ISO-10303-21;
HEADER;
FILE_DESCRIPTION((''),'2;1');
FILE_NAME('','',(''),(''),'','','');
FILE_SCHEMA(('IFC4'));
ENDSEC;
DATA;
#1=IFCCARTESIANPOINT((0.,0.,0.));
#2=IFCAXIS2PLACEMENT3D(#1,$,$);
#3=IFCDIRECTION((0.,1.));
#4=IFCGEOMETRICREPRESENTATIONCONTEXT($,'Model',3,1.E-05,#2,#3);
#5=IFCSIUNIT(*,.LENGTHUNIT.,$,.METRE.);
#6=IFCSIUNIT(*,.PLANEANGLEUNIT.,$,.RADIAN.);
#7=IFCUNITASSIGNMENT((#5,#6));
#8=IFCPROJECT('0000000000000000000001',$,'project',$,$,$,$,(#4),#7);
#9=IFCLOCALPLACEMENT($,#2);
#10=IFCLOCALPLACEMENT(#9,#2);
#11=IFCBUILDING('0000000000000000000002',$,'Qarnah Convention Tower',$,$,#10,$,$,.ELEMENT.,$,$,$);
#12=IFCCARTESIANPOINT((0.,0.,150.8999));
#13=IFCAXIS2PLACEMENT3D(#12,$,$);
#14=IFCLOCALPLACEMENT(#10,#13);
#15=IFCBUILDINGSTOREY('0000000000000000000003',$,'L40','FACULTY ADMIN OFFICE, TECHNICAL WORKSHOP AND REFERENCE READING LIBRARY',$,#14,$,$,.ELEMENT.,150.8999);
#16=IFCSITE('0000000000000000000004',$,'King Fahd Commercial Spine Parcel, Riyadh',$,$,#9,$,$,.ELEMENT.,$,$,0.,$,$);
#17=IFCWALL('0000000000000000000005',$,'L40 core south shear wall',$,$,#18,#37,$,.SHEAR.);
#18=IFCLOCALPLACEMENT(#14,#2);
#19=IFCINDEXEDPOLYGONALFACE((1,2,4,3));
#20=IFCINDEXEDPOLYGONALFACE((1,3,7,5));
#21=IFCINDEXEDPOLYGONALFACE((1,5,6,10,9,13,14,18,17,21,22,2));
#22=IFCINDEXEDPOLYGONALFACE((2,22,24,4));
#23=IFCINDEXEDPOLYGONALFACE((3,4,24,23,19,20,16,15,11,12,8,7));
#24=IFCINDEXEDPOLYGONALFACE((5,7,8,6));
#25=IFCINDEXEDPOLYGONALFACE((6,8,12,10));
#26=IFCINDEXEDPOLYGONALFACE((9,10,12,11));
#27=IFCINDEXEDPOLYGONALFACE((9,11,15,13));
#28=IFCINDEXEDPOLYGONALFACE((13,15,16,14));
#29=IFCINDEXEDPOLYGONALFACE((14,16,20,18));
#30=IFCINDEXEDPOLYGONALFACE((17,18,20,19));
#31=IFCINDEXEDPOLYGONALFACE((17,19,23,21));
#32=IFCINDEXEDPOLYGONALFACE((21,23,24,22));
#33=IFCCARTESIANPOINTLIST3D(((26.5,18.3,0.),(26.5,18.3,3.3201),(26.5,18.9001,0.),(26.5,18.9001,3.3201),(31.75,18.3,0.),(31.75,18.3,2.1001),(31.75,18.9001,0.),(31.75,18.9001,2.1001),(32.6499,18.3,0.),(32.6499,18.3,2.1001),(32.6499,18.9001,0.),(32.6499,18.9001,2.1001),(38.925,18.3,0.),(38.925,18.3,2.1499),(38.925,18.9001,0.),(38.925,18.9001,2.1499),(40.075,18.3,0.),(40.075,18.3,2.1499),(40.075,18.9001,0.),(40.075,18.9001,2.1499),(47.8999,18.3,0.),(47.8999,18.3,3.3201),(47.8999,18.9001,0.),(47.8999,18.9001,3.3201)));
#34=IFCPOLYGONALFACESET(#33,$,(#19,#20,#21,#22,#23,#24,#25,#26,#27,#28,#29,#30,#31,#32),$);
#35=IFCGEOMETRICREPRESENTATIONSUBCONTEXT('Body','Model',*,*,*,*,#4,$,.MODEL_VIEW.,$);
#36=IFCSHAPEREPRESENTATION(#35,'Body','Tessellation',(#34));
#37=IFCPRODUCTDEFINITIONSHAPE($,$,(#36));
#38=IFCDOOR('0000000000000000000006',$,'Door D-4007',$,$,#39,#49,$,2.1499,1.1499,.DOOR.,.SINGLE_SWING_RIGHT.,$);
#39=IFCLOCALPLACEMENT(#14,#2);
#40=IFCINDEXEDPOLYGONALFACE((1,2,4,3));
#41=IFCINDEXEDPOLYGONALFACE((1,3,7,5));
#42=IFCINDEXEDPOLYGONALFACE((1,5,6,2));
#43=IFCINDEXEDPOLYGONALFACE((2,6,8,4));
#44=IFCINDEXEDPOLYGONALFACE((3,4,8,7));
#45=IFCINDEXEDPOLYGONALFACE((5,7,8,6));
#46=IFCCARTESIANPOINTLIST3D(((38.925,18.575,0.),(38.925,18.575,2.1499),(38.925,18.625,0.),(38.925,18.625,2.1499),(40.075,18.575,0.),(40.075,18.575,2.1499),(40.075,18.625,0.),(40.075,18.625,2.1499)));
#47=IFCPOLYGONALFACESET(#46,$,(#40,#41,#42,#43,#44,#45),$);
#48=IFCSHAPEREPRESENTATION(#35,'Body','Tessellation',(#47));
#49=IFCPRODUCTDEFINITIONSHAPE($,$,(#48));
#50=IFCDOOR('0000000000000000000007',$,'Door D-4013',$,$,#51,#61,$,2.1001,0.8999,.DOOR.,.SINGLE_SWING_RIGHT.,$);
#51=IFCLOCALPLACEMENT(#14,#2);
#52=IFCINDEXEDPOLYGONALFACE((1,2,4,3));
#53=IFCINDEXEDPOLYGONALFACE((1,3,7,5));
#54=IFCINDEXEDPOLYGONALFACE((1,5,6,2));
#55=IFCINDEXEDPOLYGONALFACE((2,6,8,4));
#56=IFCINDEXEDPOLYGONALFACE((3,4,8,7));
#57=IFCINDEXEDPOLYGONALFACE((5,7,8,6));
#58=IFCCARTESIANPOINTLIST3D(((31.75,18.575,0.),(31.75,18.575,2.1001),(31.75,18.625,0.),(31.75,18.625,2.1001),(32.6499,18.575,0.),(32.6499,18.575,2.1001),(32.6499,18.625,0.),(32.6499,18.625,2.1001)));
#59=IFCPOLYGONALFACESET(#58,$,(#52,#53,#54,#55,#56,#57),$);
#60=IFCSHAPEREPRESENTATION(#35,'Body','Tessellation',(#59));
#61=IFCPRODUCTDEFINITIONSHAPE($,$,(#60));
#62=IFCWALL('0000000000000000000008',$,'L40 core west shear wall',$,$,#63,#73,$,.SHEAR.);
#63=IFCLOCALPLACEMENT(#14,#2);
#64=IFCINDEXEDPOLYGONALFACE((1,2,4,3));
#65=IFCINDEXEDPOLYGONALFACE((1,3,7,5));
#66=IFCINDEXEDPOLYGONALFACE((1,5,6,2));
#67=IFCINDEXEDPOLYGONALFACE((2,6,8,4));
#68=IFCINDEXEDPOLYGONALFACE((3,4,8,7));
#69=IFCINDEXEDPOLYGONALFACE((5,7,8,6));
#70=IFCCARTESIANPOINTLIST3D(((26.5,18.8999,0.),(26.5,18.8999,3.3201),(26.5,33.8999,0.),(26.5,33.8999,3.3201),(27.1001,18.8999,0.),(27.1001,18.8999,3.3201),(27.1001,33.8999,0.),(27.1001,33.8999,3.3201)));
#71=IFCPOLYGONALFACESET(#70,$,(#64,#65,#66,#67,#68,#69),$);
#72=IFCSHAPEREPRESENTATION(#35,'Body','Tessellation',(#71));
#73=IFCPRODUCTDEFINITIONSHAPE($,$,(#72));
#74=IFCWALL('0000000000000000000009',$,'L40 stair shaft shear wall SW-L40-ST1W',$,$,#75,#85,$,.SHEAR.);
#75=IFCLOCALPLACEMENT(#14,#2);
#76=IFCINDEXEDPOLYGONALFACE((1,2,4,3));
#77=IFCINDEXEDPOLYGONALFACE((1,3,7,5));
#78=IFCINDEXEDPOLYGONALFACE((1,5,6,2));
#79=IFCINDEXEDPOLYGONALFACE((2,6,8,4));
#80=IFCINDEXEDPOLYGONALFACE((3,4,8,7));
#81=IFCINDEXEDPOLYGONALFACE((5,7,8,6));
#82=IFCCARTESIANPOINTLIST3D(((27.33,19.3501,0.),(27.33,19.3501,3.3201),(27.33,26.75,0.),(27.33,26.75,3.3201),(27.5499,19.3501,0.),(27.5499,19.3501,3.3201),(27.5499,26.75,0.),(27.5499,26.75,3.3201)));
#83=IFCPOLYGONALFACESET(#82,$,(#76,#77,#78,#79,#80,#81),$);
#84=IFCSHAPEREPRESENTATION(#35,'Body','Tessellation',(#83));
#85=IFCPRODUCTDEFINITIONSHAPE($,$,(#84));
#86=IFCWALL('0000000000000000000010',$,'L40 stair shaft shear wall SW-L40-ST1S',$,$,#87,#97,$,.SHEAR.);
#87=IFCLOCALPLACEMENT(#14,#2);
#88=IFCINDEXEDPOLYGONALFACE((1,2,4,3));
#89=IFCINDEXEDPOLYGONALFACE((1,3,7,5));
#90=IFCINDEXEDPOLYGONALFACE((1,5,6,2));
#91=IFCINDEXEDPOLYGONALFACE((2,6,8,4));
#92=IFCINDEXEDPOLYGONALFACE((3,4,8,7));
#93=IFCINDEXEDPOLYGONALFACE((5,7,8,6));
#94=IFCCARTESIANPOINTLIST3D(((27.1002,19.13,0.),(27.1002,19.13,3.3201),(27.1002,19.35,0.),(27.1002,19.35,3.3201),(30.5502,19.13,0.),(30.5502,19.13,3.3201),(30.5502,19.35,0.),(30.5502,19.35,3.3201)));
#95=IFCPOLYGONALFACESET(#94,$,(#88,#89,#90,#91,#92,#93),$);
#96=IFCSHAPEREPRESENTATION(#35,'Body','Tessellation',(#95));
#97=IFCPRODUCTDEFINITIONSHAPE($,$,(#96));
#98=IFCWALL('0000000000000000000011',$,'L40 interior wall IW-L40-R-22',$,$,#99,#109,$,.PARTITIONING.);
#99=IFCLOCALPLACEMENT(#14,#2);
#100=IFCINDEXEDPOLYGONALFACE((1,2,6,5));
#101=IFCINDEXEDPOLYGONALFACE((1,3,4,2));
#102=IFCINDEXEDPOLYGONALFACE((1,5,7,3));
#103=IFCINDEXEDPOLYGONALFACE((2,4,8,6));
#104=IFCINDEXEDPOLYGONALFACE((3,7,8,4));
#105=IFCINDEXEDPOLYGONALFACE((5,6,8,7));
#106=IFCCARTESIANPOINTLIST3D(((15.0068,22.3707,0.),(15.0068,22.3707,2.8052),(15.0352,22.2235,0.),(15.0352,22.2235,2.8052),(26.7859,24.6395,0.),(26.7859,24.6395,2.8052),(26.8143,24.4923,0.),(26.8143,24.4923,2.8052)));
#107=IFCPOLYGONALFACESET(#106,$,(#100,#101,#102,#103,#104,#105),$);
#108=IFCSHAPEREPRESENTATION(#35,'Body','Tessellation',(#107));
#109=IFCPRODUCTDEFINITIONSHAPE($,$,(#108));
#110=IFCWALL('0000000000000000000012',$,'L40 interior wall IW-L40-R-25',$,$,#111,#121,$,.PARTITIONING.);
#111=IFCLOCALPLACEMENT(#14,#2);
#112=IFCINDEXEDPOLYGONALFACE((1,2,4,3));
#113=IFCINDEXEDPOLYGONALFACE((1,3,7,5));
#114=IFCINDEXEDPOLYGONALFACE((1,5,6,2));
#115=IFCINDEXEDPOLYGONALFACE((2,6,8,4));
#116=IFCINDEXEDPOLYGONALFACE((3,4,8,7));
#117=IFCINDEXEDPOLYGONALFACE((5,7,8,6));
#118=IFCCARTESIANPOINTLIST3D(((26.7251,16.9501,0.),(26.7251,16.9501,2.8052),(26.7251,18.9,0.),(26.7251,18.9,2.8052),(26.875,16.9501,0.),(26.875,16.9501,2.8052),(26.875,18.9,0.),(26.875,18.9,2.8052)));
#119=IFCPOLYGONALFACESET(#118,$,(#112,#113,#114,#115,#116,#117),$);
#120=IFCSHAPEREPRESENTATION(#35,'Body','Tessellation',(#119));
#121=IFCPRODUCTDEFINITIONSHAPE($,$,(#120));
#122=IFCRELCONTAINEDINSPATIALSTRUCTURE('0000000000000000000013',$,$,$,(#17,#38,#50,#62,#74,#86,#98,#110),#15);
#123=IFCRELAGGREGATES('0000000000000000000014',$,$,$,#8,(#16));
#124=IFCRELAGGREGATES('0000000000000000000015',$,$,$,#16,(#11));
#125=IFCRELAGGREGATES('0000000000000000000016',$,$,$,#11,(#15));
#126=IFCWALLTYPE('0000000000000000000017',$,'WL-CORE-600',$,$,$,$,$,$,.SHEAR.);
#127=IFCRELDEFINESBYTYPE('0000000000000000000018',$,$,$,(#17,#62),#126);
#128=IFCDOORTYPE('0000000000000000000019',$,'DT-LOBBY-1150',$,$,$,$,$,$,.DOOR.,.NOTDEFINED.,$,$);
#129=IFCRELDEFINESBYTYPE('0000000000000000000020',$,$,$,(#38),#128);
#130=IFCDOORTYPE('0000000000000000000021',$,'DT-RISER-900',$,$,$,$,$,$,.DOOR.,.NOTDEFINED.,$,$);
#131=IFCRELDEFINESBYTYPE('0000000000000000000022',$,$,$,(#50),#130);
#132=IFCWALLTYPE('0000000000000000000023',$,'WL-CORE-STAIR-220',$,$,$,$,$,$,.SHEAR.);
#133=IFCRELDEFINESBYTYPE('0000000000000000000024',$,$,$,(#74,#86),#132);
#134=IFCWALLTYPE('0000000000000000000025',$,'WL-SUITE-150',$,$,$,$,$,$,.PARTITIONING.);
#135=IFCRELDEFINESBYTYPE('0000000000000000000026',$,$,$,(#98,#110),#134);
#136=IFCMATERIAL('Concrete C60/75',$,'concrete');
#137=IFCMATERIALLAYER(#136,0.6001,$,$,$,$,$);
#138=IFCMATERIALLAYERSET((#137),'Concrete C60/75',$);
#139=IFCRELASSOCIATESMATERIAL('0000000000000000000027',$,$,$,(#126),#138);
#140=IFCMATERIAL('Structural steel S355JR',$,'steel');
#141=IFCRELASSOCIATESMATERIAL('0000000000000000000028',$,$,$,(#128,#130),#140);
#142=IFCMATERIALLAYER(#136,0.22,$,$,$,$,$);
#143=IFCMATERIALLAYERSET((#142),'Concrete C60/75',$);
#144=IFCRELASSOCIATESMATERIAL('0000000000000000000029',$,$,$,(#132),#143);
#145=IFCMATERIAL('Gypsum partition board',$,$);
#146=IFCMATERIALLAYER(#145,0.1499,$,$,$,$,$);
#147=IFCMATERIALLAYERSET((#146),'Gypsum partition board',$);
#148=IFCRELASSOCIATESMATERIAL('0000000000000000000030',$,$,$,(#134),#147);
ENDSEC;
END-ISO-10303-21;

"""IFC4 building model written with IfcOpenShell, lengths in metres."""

from ifc_helpers import new_model, si_unit, direction, frame, frame_2d, origin, place, context, subcontext, project, spatial, rectangle, extrude, material, layer, layer_set, type_object, element, fill, save


model = new_model("IFC4")

# Units and contexts
model_context = context("Model", 3, precision=1e-05, world=origin(), true_north=direction((0.0, 1.0)))
body_context = subcontext(model_context, "Body", "Model", "MODEL_VIEW")
ifc_project = project(units=[si_unit("LENGTHUNIT", "METRE"), si_unit("PLANEANGLEUNIT", "RADIAN")], contexts=[model_context])

# Site, building, storey
site_placement = place(None, origin())
site = spatial("IfcSite", under=ifc_project, at=site_placement, Name="King Fahd Commercial Spine Parcel, Riyadh", CompositionType="ELEMENT", RefElevation=0.0)
building_placement = place(site_placement, origin())
building = spatial("IfcBuilding", under=site, at=building_placement, Name="Qarnah Convention Tower", CompositionType="ELEMENT")
storey_placement = place(building_placement, frame((0.0, 0.0, 150.8999)))
storey = spatial("IfcBuildingStorey", under=building, at=storey_placement, Name="L40", Description="FACULTY ADMIN OFFICE, TECHNICAL WORKSHOP AND REFERENCE READING LIBRARY", CompositionType="ELEMENT", Elevation=150.8999)

# Shared definitions
ifc_material_1 = material(Name="Concrete C60/75", Category="concrete")

# Shared definitions
ifc_material_2 = material(Name="Structural steel S355JR", Category="steel")

# Wall, openings, doors
ifc_layer_1 = layer(ifc_material_1, 0.6001)
ifc_layer_set_1 = layer_set([ifc_layer_1], Name="Concrete C60/75")
wall_type_1 = type_object("IfcWallType", Name="WL-CORE-600", PredefinedType="SHEAR", material=ifc_layer_set_1)
wall_1_placement = place(storey_placement, frame((26.5, 18.6001, 0.0), z_axis=(0.0, 0.0, 1.0), x_axis=(1.0, 0.0, 0.0)))
wall_1 = element("IfcWall", 1, at=wall_1_placement, inside=storey, type_object=wall_type_1, Name="L40 core south shear wall", PredefinedType="SHEAR", context=body_context, shape_type="SweptSolid", body=[
    extrude(rectangle(XDim=21.3999, YDim=0.6001, at=frame_2d((10.7, 0.0))), origin(), (0.0, 0.0, 1.0), 3.3201),
])
opening_1_placement = place(wall_1_placement, frame((12.425, 0.0, 0.0)))
opening_1 = element("IfcOpeningElement", 2, at=opening_1_placement, cuts=wall_1, PredefinedType="OPENING", context=body_context, shape_type="SweptSolid", body=[
    extrude(rectangle(XDim=1.1499, YDim=2.1499, at=frame_2d((0.575, 1.075))), frame((0.0, 0.3101, 0.0), z_axis=(0.0, -1.0, 0.0), x_axis=(1.0, 0.0, 0.0)), (0.0, 0.0, 1.0), 0.6201),
])
opening_2_placement = place(wall_1_placement, frame((5.25, 0.0, 0.0)))
opening_2 = element("IfcOpeningElement", 3, at=opening_2_placement, cuts=wall_1, PredefinedType="OPENING", context=body_context, shape_type="SweptSolid", body=[
    extrude(rectangle(XDim=0.8999, YDim=2.1001, at=frame_2d((0.45, 1.05))), frame((0.0, 0.3101, 0.0), z_axis=(0.0, -1.0, 0.0), x_axis=(1.0, 0.0, 0.0)), (0.0, 0.0, 1.0), 0.6201),
])
door_type_1 = type_object("IfcDoorType", Name="DT-LOBBY-1150", OperationType="NOTDEFINED", PredefinedType="DOOR", material=ifc_material_2)
door_1_placement = place(opening_1_placement, origin())
door_1 = element("IfcDoor", 4, at=door_1_placement, inside=storey, type_object=door_type_1, Name="Door D-4007", OperationType="SINGLE_SWING_RIGHT", OverallHeight=2.1499, OverallWidth=1.1499, PredefinedType="DOOR", context=body_context, shape_type="SweptSolid", body=[
    extrude(rectangle(XDim=1.1499, YDim=2.1499, at=frame_2d((0.575, 1.075))), frame((0.0, 0.0249, 0.0), z_axis=(0.0, -1.0, 0.0), x_axis=(1.0, 0.0, 0.0)), (0.0, 0.0, 1.0), 0.05),
])
fill(opening_1, door_1)
door_type_2 = type_object("IfcDoorType", Name="DT-RISER-900", OperationType="NOTDEFINED", PredefinedType="DOOR", material=ifc_material_2)
door_2_placement = place(opening_2_placement, origin())
door_2 = element("IfcDoor", 5, at=door_2_placement, inside=storey, type_object=door_type_2, Name="Door D-4013", OperationType="SINGLE_SWING_RIGHT", OverallHeight=2.1001, OverallWidth=0.8999, PredefinedType="DOOR", context=body_context, shape_type="SweptSolid", body=[
    extrude(rectangle(XDim=0.8999, YDim=2.1001, at=frame_2d((0.45, 1.05))), frame((0.0, 0.0249, 0.0), z_axis=(0.0, -1.0, 0.0), x_axis=(1.0, 0.0, 0.0)), (0.0, 0.0, 1.0), 0.05),
])
fill(opening_2, door_2)

# Walls
wall_2_placement = place(storey_placement, frame((26.8, 18.8999, 0.0), z_axis=(0.0, 0.0, 1.0), x_axis=(0.0, 1.0, 0.0)))
element("IfcWall", 6, at=wall_2_placement, inside=storey, type_object=wall_type_1, Name="L40 core west shear wall", PredefinedType="SHEAR", context=body_context, shape_type="SweptSolid", body=[
    extrude(rectangle(XDim=15.0, YDim=0.6001, at=frame_2d((7.5, 0.0))), origin(), (0.0, 0.0, 1.0), 3.3201),
])
ifc_layer_2 = layer(ifc_material_1, 0.22)
ifc_layer_set_2 = layer_set([ifc_layer_2], Name="Concrete C60/75")
wall_type_2 = type_object("IfcWallType", Name="WL-CORE-STAIR-220", PredefinedType="SHEAR", material=ifc_layer_set_2)
wall_3_placement = place(storey_placement, frame((27.4399, 19.3501, 0.0), z_axis=(0.0, 0.0, 1.0), x_axis=(0.0, 1.0, 0.0)))
element("IfcWall", 7, at=wall_3_placement, inside=storey, type_object=wall_type_2, Name="L40 stair shaft shear wall SW-L40-ST1W", PredefinedType="SHEAR", context=body_context, shape_type="SweptSolid", body=[
    extrude(rectangle(XDim=7.3999, YDim=0.22, at=frame_2d((3.7, 0.0))), origin(), (0.0, 0.0, 1.0), 3.3201),
])
wall_4_placement = place(storey_placement, frame((27.1001, 19.24, 0.0), z_axis=(0.0, 0.0, 1.0), x_axis=(1.0, 0.0, 0.0)))
element("IfcWall", 8, at=wall_4_placement, inside=storey, type_object=wall_type_2, Name="L40 stair shaft shear wall SW-L40-ST1S", PredefinedType="SHEAR", context=body_context, shape_type="SweptSolid", body=[
    extrude(rectangle(XDim=3.45, YDim=0.22, at=frame_2d((1.7251, 0.0))), origin(), (0.0, 0.0, 1.0), 3.3201),
])
ifc_material_3 = material(Name="Gypsum partition board")
ifc_layer_3 = layer(ifc_material_3, 0.1499)
ifc_layer_set_3 = layer_set([ifc_layer_3], Name="Gypsum partition board")
wall_type_3 = type_object("IfcWallType", Name="WL-SUITE-150", PredefinedType="PARTITIONING", material=ifc_layer_set_3)
wall_5_placement = place(storey_placement, frame((15.021, 22.2971, 0.0), z_axis=(0.0, 0.0, 1.0), x_axis=(0.981951, 0.189137, 0.0)))
element("IfcWall", 9, at=wall_5_placement, inside=storey, type_object=wall_type_3, Name="L40 interior wall IW-L40-R-22", PredefinedType="PARTITIONING", context=body_context, shape_type="SweptSolid", body=[
    extrude(rectangle(XDim=11.9956, YDim=0.1499, at=frame_2d((5.9978, 0.0))), origin(), (0.0, 0.0, 1.0), 2.8052),
])
wall_6_placement = place(storey_placement, frame((26.8, 16.95, 0.0), z_axis=(0.0, 0.0, 1.0), x_axis=(0.0, 1.0, 0.0)))
element("IfcWall", 10, at=wall_6_placement, inside=storey, type_object=wall_type_3, Name="L40 interior wall IW-L40-R-25", PredefinedType="PARTITIONING", context=body_context, shape_type="SweptSolid", body=[
    extrude(rectangle(XDim=1.95, YDim=0.1499, at=frame_2d((0.9751, 0.0))), origin(), (0.0, 0.0, 1.0), 2.8052),
])

save(model, "model.ifc")
